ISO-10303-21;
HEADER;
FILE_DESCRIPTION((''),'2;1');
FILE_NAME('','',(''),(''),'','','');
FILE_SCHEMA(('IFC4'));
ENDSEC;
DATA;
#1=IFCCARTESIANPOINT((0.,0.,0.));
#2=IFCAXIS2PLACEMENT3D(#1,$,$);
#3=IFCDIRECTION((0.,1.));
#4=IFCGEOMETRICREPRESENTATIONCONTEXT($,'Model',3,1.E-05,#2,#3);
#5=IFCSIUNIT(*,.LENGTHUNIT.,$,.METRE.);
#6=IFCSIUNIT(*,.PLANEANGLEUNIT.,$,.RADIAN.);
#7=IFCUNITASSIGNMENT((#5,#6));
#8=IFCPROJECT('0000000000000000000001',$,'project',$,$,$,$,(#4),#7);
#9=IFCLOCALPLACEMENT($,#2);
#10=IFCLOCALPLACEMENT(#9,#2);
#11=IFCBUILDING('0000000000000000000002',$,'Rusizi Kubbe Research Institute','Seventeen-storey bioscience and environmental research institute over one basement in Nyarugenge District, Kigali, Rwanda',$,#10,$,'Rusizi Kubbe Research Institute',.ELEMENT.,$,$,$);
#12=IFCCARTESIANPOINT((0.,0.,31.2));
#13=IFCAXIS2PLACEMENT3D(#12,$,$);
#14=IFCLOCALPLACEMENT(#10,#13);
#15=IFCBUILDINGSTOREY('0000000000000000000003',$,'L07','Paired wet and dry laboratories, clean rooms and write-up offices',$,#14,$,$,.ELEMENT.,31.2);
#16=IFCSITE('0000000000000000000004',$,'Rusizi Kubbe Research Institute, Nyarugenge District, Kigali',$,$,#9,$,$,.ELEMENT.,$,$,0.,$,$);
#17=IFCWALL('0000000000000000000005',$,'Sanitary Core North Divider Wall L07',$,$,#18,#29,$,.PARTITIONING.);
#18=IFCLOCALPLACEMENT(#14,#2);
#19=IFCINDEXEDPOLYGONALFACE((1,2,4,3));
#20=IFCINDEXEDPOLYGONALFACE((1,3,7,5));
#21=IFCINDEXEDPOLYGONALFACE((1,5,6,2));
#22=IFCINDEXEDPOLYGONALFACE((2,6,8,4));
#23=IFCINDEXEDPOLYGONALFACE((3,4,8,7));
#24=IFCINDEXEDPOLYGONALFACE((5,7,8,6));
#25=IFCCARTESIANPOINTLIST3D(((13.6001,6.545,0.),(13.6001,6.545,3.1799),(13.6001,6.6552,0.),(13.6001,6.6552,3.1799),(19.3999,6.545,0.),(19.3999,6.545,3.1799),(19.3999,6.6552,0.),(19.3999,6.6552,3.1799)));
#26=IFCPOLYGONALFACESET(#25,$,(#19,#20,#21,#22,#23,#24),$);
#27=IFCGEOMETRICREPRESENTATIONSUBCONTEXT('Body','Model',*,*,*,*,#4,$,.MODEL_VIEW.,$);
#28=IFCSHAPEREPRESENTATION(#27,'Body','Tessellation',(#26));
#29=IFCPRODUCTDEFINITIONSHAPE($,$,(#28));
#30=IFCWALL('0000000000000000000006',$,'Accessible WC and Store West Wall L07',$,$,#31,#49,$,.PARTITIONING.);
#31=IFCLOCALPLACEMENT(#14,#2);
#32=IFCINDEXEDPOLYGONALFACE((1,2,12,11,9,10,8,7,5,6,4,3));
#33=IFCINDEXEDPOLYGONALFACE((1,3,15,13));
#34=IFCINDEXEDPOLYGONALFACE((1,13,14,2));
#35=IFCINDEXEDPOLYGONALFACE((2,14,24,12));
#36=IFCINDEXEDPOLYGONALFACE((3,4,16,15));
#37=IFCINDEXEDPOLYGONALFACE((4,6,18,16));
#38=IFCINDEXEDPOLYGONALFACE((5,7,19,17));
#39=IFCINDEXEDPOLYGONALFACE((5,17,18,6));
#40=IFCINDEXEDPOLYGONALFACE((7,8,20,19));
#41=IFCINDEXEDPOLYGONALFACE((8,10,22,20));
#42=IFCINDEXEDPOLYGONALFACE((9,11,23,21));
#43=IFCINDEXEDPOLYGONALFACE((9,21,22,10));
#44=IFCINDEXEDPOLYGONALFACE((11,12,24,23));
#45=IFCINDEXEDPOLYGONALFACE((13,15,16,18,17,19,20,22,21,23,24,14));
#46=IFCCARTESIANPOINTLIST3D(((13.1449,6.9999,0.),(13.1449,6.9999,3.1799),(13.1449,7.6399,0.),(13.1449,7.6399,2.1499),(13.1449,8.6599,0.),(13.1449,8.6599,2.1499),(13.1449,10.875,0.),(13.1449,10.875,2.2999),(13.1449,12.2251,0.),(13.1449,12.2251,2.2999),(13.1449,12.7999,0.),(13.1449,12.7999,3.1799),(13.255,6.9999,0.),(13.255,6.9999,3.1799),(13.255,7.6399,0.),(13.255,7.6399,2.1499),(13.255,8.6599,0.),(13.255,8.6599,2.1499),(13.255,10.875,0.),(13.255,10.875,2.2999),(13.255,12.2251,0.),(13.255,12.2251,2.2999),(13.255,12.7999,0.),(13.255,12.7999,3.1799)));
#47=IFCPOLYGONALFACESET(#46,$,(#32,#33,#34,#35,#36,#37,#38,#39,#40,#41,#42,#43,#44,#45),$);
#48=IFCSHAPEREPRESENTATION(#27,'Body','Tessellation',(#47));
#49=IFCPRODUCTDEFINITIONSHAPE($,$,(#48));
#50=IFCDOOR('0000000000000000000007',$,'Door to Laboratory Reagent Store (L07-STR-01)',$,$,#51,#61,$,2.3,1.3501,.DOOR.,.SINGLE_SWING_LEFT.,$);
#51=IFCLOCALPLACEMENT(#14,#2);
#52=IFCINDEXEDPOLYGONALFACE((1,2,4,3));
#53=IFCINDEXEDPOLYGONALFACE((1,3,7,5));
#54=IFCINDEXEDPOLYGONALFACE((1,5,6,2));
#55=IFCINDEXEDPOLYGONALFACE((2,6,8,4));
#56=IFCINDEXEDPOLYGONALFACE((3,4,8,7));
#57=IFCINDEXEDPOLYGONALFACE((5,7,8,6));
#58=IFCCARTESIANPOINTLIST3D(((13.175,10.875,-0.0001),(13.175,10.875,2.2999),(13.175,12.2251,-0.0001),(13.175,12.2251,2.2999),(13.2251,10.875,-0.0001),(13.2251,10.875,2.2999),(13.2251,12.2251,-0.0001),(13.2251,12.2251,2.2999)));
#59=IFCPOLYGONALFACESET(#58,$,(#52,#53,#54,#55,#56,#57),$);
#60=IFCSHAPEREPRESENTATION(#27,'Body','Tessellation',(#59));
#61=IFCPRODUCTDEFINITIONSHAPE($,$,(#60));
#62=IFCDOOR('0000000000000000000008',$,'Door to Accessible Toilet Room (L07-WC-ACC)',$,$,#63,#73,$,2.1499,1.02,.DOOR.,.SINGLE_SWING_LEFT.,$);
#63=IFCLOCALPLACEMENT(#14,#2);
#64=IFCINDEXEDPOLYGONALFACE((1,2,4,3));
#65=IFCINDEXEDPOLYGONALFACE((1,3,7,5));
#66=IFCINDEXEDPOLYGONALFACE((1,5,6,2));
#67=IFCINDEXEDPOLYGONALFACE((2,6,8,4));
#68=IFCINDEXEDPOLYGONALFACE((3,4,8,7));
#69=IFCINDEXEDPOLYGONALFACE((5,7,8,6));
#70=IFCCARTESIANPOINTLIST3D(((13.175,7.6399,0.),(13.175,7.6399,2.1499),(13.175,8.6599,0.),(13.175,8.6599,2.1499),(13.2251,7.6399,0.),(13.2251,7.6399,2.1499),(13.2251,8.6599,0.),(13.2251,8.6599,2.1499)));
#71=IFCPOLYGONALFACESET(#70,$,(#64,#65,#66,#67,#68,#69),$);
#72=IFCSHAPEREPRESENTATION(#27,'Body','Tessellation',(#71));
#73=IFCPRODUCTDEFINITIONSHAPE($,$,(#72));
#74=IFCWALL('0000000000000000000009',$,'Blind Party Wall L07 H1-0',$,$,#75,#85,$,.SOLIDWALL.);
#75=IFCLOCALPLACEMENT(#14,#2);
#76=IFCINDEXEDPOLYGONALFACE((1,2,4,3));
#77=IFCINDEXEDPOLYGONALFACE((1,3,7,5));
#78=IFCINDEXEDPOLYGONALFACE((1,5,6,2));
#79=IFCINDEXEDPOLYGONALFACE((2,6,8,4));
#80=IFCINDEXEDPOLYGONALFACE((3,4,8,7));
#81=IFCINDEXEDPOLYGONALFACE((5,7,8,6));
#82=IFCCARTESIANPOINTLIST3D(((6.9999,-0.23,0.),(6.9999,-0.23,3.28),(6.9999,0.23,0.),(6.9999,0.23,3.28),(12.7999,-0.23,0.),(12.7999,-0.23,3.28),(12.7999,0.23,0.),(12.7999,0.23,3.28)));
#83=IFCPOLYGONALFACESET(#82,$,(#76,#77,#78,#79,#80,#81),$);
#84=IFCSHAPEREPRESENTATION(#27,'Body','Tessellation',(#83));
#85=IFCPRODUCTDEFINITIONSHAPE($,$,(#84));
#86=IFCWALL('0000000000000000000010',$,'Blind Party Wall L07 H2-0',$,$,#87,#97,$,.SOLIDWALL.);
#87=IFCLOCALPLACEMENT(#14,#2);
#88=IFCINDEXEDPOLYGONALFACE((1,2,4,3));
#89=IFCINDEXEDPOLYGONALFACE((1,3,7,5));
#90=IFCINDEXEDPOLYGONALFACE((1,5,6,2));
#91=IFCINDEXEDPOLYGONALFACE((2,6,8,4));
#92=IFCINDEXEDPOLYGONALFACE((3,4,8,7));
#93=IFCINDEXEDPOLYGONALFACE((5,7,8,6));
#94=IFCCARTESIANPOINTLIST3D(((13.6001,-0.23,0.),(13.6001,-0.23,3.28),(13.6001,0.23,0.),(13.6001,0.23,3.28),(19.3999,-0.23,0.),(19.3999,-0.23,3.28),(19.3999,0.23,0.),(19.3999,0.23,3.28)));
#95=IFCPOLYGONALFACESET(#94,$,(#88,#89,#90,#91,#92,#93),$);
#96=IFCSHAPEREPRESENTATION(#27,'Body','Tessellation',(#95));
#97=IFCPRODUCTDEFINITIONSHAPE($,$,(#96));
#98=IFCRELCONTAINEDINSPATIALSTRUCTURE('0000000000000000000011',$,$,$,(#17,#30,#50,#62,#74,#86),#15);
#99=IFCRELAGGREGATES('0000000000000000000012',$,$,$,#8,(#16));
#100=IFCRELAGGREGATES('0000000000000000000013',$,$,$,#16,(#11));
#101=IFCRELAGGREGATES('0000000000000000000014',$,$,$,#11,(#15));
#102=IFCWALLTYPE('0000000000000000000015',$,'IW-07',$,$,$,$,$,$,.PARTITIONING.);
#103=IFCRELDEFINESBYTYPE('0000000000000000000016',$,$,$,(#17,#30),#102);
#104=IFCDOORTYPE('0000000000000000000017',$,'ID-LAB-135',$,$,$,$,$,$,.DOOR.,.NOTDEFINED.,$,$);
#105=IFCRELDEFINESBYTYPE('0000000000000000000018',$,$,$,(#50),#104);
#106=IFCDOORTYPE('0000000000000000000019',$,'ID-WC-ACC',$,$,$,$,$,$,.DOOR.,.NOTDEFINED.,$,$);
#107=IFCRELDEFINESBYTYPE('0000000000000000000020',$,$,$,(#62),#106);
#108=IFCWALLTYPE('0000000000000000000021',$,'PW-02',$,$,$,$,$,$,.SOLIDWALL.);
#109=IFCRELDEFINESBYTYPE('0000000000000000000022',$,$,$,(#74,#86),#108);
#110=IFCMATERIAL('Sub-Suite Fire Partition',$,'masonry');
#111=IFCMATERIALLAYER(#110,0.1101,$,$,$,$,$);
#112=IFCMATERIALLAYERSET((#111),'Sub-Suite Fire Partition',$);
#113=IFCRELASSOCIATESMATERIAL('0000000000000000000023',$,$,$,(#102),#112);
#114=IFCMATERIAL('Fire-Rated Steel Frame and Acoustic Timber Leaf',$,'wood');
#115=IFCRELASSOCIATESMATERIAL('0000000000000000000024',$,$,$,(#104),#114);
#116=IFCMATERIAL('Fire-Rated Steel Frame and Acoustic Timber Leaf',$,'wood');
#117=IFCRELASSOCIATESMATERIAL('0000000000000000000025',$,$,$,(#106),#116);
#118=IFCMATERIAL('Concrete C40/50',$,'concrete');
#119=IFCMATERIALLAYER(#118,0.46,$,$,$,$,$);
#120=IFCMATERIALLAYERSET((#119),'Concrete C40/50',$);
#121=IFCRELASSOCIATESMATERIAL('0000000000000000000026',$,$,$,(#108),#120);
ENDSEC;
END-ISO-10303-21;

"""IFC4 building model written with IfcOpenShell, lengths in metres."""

from ifc_helpers import new_model, si_unit, direction, frame, frame_2d, origin, place, context, subcontext, project, spatial, rectangle, extrude, material, layer, layer_set, type_object, element, fill, save


model = new_model("IFC4")

# Units and contexts
model_context = context("Model", 3, precision=1e-05, world=origin(), true_north=direction((0.0, 1.0)))
body_context = subcontext(model_context, "Body", "Model", "MODEL_VIEW")
ifc_project = project(units=[si_unit("LENGTHUNIT", "METRE"), si_unit("PLANEANGLEUNIT", "RADIAN")], contexts=[model_context])

# Site, building, storey
site_placement = place(None, origin())
site = spatial("IfcSite", under=ifc_project, at=site_placement, Name="Rusizi Kubbe Research Institute, Nyarugenge District, Kigali", CompositionType="ELEMENT", RefElevation=0.0)
building_placement = place(site_placement, origin())
building = spatial("IfcBuilding", under=site, at=building_placement, Name="Rusizi Kubbe Research Institute", Description="Seventeen-storey bioscience and environmental research institute over one basement in Nyarugenge District, Kigali, Rwanda", LongName="Rusizi Kubbe Research Institute", CompositionType="ELEMENT")
storey_placement = place(building_placement, frame((0.0, 0.0, 31.2)))
storey = spatial("IfcBuildingStorey", under=building, at=storey_placement, Name="L07", Description="Paired wet and dry laboratories, clean rooms and write-up offices", CompositionType="ELEMENT", Elevation=31.2)

# Wall
ifc_material_1 = material(Name="Sub-Suite Fire Partition", Category="masonry")
ifc_layer_1 = layer(ifc_material_1, 0.1101)
ifc_layer_set_1 = layer_set([ifc_layer_1], Name="Sub-Suite Fire Partition")
wall_type_1 = type_object("IfcWallType", Name="IW-07", PredefinedType="PARTITIONING", material=ifc_layer_set_1)
wall_1_placement = place(storey_placement, frame((13.6001, 6.6001, 0.0), z_axis=(0.0, 0.0, 1.0), x_axis=(1.0, 0.0, 0.0)))
element("IfcWall", 1, at=wall_1_placement, inside=storey, type_object=wall_type_1, Name="Sanitary Core North Divider Wall L07", PredefinedType="PARTITIONING", context=body_context, shape_type="SweptSolid", body=[
    extrude(rectangle(XDim=5.7998, YDim=0.1101, at=frame_2d((2.8999, 0.0))), origin(), (0.0, 0.0, 1.0), 3.1799),
])

# Wall, openings, doors
wall_2_placement = place(storey_placement, frame((13.2, 7.0, 0.0), z_axis=(0.0, 0.0, 1.0), x_axis=(0.0, 1.0, 0.0)))
wall_2 = element("IfcWall", 2, at=wall_2_placement, inside=storey, type_object=wall_type_1, Name="Accessible WC and Store West Wall L07", PredefinedType="PARTITIONING", context=body_context, shape_type="SweptSolid", body=[
    extrude(rectangle(XDim=5.8, YDim=0.1101, at=frame_2d((2.8999, 0.0))), origin(), (0.0, 0.0, 1.0), 3.1799),
])
opening_1_placement = place(wall_2_placement, frame((0.6399, 0.0, 0.0)))
opening_1 = element("IfcOpeningElement", 3, at=opening_1_placement, cuts=wall_2, PredefinedType="OPENING", context=body_context, shape_type="SweptSolid", body=[
    extrude(rectangle(XDim=1.02, YDim=2.1499, at=frame_2d((0.51, 1.075))), frame((0.0, 0.0649, 0.0), z_axis=(0.0, -1.0, 0.0), x_axis=(1.0, 0.0, 0.0)), (0.0, 0.0, 1.0), 0.1301),
])
opening_2_placement = place(wall_2_placement, frame((3.875, 0.0, 0.0)))
opening_2 = element("IfcOpeningElement", 4, at=opening_2_placement, cuts=wall_2, PredefinedType="OPENING", context=body_context, shape_type="SweptSolid", body=[
    extrude(rectangle(XDim=1.3501, YDim=2.3, at=frame_2d((0.675, 1.1499))), frame((0.0, 0.0649, 0.0), z_axis=(0.0, -1.0, 0.0), x_axis=(1.0, 0.0, 0.0)), (0.0, 0.0, 1.0), 0.1301),
])
ifc_material_2 = material(Name="Fire-Rated Steel Frame and Acoustic Timber Leaf", Category="wood")
door_type_1 = type_object("IfcDoorType", Name="ID-LAB-135", OperationType="NOTDEFINED", PredefinedType="DOOR", material=ifc_material_2)
door_1_placement = place(opening_2_placement, origin())
door_1 = element("IfcDoor", 5, at=door_1_placement, inside=storey, type_object=door_type_1, Name="Door to Laboratory Reagent Store (L07-STR-01)", OperationType="SINGLE_SWING_LEFT", OverallHeight=2.3, OverallWidth=1.3501, PredefinedType="DOOR", context=body_context, shape_type="SweptSolid", body=[
    extrude(rectangle(XDim=1.3501, YDim=2.3, at=frame_2d((0.675, 1.1499))), frame((0.0, 0.0249, 0.0), z_axis=(0.0, -1.0, 0.0), x_axis=(1.0, 0.0, 0.0)), (0.0, 0.0, 1.0), 0.05),
])
fill(opening_2, door_1)
ifc_material_3 = material(Name="Fire-Rated Steel Frame and Acoustic Timber Leaf", Category="wood")
door_type_2 = type_object("IfcDoorType", Name="ID-WC-ACC", OperationType="NOTDEFINED", PredefinedType="DOOR", material=ifc_material_3)
door_2_placement = place(opening_1_placement, origin())
door_2 = element("IfcDoor", 6, at=door_2_placement, inside=storey, type_object=door_type_2, Name="Door to Accessible Toilet Room (L07-WC-ACC)", OperationType="SINGLE_SWING_LEFT", OverallHeight=2.1499, OverallWidth=1.02, PredefinedType="DOOR", context=body_context, shape_type="SweptSolid", body=[
    extrude(rectangle(XDim=1.02, YDim=2.1499, at=frame_2d((0.51, 1.075))), frame((0.0, 0.0249, 0.0), z_axis=(0.0, -1.0, 0.0), x_axis=(1.0, 0.0, 0.0)), (0.0, 0.0, 1.0), 0.05),
])
fill(opening_1, door_2)

# Walls
ifc_material_4 = material(Name="Concrete C40/50", Category="concrete")
ifc_layer_2 = layer(ifc_material_4, 0.46)
ifc_layer_set_2 = layer_set([ifc_layer_2], Name="Concrete C40/50")
wall_type_2 = type_object("IfcWallType", Name="PW-02", PredefinedType="SOLIDWALL", material=ifc_layer_set_2)
wall_3_placement = place(storey_placement, frame((7.0, 0.0, 0.0), z_axis=(0.0, 0.0, 1.0), x_axis=(1.0, 0.0, 0.0)))
element("IfcWall", 7, at=wall_3_placement, inside=storey, type_object=wall_type_2, Name="Blind Party Wall L07 H1-0", PredefinedType="SOLIDWALL", context=body_context, shape_type="SweptSolid", body=[
    extrude(rectangle(XDim=5.8, YDim=0.46, at=frame_2d((2.8999, 0.0))), origin(), (0.0, 0.0, 1.0), 3.28),
])
wall_4_placement = place(storey_placement, frame((13.6001, 0.0, 0.0), z_axis=(0.0, 0.0, 1.0), x_axis=(1.0, 0.0, 0.0)))
element("IfcWall", 8, at=wall_4_placement, inside=storey, type_object=wall_type_2, Name="Blind Party Wall L07 H2-0", PredefinedType="SOLIDWALL", context=body_context, shape_type="SweptSolid", body=[
    extrude(rectangle(XDim=5.7998, YDim=0.46, at=frame_2d((2.8999, 0.0))), origin(), (0.0, 0.0, 1.0), 3.28),
])

save(model, "model.ifc")
